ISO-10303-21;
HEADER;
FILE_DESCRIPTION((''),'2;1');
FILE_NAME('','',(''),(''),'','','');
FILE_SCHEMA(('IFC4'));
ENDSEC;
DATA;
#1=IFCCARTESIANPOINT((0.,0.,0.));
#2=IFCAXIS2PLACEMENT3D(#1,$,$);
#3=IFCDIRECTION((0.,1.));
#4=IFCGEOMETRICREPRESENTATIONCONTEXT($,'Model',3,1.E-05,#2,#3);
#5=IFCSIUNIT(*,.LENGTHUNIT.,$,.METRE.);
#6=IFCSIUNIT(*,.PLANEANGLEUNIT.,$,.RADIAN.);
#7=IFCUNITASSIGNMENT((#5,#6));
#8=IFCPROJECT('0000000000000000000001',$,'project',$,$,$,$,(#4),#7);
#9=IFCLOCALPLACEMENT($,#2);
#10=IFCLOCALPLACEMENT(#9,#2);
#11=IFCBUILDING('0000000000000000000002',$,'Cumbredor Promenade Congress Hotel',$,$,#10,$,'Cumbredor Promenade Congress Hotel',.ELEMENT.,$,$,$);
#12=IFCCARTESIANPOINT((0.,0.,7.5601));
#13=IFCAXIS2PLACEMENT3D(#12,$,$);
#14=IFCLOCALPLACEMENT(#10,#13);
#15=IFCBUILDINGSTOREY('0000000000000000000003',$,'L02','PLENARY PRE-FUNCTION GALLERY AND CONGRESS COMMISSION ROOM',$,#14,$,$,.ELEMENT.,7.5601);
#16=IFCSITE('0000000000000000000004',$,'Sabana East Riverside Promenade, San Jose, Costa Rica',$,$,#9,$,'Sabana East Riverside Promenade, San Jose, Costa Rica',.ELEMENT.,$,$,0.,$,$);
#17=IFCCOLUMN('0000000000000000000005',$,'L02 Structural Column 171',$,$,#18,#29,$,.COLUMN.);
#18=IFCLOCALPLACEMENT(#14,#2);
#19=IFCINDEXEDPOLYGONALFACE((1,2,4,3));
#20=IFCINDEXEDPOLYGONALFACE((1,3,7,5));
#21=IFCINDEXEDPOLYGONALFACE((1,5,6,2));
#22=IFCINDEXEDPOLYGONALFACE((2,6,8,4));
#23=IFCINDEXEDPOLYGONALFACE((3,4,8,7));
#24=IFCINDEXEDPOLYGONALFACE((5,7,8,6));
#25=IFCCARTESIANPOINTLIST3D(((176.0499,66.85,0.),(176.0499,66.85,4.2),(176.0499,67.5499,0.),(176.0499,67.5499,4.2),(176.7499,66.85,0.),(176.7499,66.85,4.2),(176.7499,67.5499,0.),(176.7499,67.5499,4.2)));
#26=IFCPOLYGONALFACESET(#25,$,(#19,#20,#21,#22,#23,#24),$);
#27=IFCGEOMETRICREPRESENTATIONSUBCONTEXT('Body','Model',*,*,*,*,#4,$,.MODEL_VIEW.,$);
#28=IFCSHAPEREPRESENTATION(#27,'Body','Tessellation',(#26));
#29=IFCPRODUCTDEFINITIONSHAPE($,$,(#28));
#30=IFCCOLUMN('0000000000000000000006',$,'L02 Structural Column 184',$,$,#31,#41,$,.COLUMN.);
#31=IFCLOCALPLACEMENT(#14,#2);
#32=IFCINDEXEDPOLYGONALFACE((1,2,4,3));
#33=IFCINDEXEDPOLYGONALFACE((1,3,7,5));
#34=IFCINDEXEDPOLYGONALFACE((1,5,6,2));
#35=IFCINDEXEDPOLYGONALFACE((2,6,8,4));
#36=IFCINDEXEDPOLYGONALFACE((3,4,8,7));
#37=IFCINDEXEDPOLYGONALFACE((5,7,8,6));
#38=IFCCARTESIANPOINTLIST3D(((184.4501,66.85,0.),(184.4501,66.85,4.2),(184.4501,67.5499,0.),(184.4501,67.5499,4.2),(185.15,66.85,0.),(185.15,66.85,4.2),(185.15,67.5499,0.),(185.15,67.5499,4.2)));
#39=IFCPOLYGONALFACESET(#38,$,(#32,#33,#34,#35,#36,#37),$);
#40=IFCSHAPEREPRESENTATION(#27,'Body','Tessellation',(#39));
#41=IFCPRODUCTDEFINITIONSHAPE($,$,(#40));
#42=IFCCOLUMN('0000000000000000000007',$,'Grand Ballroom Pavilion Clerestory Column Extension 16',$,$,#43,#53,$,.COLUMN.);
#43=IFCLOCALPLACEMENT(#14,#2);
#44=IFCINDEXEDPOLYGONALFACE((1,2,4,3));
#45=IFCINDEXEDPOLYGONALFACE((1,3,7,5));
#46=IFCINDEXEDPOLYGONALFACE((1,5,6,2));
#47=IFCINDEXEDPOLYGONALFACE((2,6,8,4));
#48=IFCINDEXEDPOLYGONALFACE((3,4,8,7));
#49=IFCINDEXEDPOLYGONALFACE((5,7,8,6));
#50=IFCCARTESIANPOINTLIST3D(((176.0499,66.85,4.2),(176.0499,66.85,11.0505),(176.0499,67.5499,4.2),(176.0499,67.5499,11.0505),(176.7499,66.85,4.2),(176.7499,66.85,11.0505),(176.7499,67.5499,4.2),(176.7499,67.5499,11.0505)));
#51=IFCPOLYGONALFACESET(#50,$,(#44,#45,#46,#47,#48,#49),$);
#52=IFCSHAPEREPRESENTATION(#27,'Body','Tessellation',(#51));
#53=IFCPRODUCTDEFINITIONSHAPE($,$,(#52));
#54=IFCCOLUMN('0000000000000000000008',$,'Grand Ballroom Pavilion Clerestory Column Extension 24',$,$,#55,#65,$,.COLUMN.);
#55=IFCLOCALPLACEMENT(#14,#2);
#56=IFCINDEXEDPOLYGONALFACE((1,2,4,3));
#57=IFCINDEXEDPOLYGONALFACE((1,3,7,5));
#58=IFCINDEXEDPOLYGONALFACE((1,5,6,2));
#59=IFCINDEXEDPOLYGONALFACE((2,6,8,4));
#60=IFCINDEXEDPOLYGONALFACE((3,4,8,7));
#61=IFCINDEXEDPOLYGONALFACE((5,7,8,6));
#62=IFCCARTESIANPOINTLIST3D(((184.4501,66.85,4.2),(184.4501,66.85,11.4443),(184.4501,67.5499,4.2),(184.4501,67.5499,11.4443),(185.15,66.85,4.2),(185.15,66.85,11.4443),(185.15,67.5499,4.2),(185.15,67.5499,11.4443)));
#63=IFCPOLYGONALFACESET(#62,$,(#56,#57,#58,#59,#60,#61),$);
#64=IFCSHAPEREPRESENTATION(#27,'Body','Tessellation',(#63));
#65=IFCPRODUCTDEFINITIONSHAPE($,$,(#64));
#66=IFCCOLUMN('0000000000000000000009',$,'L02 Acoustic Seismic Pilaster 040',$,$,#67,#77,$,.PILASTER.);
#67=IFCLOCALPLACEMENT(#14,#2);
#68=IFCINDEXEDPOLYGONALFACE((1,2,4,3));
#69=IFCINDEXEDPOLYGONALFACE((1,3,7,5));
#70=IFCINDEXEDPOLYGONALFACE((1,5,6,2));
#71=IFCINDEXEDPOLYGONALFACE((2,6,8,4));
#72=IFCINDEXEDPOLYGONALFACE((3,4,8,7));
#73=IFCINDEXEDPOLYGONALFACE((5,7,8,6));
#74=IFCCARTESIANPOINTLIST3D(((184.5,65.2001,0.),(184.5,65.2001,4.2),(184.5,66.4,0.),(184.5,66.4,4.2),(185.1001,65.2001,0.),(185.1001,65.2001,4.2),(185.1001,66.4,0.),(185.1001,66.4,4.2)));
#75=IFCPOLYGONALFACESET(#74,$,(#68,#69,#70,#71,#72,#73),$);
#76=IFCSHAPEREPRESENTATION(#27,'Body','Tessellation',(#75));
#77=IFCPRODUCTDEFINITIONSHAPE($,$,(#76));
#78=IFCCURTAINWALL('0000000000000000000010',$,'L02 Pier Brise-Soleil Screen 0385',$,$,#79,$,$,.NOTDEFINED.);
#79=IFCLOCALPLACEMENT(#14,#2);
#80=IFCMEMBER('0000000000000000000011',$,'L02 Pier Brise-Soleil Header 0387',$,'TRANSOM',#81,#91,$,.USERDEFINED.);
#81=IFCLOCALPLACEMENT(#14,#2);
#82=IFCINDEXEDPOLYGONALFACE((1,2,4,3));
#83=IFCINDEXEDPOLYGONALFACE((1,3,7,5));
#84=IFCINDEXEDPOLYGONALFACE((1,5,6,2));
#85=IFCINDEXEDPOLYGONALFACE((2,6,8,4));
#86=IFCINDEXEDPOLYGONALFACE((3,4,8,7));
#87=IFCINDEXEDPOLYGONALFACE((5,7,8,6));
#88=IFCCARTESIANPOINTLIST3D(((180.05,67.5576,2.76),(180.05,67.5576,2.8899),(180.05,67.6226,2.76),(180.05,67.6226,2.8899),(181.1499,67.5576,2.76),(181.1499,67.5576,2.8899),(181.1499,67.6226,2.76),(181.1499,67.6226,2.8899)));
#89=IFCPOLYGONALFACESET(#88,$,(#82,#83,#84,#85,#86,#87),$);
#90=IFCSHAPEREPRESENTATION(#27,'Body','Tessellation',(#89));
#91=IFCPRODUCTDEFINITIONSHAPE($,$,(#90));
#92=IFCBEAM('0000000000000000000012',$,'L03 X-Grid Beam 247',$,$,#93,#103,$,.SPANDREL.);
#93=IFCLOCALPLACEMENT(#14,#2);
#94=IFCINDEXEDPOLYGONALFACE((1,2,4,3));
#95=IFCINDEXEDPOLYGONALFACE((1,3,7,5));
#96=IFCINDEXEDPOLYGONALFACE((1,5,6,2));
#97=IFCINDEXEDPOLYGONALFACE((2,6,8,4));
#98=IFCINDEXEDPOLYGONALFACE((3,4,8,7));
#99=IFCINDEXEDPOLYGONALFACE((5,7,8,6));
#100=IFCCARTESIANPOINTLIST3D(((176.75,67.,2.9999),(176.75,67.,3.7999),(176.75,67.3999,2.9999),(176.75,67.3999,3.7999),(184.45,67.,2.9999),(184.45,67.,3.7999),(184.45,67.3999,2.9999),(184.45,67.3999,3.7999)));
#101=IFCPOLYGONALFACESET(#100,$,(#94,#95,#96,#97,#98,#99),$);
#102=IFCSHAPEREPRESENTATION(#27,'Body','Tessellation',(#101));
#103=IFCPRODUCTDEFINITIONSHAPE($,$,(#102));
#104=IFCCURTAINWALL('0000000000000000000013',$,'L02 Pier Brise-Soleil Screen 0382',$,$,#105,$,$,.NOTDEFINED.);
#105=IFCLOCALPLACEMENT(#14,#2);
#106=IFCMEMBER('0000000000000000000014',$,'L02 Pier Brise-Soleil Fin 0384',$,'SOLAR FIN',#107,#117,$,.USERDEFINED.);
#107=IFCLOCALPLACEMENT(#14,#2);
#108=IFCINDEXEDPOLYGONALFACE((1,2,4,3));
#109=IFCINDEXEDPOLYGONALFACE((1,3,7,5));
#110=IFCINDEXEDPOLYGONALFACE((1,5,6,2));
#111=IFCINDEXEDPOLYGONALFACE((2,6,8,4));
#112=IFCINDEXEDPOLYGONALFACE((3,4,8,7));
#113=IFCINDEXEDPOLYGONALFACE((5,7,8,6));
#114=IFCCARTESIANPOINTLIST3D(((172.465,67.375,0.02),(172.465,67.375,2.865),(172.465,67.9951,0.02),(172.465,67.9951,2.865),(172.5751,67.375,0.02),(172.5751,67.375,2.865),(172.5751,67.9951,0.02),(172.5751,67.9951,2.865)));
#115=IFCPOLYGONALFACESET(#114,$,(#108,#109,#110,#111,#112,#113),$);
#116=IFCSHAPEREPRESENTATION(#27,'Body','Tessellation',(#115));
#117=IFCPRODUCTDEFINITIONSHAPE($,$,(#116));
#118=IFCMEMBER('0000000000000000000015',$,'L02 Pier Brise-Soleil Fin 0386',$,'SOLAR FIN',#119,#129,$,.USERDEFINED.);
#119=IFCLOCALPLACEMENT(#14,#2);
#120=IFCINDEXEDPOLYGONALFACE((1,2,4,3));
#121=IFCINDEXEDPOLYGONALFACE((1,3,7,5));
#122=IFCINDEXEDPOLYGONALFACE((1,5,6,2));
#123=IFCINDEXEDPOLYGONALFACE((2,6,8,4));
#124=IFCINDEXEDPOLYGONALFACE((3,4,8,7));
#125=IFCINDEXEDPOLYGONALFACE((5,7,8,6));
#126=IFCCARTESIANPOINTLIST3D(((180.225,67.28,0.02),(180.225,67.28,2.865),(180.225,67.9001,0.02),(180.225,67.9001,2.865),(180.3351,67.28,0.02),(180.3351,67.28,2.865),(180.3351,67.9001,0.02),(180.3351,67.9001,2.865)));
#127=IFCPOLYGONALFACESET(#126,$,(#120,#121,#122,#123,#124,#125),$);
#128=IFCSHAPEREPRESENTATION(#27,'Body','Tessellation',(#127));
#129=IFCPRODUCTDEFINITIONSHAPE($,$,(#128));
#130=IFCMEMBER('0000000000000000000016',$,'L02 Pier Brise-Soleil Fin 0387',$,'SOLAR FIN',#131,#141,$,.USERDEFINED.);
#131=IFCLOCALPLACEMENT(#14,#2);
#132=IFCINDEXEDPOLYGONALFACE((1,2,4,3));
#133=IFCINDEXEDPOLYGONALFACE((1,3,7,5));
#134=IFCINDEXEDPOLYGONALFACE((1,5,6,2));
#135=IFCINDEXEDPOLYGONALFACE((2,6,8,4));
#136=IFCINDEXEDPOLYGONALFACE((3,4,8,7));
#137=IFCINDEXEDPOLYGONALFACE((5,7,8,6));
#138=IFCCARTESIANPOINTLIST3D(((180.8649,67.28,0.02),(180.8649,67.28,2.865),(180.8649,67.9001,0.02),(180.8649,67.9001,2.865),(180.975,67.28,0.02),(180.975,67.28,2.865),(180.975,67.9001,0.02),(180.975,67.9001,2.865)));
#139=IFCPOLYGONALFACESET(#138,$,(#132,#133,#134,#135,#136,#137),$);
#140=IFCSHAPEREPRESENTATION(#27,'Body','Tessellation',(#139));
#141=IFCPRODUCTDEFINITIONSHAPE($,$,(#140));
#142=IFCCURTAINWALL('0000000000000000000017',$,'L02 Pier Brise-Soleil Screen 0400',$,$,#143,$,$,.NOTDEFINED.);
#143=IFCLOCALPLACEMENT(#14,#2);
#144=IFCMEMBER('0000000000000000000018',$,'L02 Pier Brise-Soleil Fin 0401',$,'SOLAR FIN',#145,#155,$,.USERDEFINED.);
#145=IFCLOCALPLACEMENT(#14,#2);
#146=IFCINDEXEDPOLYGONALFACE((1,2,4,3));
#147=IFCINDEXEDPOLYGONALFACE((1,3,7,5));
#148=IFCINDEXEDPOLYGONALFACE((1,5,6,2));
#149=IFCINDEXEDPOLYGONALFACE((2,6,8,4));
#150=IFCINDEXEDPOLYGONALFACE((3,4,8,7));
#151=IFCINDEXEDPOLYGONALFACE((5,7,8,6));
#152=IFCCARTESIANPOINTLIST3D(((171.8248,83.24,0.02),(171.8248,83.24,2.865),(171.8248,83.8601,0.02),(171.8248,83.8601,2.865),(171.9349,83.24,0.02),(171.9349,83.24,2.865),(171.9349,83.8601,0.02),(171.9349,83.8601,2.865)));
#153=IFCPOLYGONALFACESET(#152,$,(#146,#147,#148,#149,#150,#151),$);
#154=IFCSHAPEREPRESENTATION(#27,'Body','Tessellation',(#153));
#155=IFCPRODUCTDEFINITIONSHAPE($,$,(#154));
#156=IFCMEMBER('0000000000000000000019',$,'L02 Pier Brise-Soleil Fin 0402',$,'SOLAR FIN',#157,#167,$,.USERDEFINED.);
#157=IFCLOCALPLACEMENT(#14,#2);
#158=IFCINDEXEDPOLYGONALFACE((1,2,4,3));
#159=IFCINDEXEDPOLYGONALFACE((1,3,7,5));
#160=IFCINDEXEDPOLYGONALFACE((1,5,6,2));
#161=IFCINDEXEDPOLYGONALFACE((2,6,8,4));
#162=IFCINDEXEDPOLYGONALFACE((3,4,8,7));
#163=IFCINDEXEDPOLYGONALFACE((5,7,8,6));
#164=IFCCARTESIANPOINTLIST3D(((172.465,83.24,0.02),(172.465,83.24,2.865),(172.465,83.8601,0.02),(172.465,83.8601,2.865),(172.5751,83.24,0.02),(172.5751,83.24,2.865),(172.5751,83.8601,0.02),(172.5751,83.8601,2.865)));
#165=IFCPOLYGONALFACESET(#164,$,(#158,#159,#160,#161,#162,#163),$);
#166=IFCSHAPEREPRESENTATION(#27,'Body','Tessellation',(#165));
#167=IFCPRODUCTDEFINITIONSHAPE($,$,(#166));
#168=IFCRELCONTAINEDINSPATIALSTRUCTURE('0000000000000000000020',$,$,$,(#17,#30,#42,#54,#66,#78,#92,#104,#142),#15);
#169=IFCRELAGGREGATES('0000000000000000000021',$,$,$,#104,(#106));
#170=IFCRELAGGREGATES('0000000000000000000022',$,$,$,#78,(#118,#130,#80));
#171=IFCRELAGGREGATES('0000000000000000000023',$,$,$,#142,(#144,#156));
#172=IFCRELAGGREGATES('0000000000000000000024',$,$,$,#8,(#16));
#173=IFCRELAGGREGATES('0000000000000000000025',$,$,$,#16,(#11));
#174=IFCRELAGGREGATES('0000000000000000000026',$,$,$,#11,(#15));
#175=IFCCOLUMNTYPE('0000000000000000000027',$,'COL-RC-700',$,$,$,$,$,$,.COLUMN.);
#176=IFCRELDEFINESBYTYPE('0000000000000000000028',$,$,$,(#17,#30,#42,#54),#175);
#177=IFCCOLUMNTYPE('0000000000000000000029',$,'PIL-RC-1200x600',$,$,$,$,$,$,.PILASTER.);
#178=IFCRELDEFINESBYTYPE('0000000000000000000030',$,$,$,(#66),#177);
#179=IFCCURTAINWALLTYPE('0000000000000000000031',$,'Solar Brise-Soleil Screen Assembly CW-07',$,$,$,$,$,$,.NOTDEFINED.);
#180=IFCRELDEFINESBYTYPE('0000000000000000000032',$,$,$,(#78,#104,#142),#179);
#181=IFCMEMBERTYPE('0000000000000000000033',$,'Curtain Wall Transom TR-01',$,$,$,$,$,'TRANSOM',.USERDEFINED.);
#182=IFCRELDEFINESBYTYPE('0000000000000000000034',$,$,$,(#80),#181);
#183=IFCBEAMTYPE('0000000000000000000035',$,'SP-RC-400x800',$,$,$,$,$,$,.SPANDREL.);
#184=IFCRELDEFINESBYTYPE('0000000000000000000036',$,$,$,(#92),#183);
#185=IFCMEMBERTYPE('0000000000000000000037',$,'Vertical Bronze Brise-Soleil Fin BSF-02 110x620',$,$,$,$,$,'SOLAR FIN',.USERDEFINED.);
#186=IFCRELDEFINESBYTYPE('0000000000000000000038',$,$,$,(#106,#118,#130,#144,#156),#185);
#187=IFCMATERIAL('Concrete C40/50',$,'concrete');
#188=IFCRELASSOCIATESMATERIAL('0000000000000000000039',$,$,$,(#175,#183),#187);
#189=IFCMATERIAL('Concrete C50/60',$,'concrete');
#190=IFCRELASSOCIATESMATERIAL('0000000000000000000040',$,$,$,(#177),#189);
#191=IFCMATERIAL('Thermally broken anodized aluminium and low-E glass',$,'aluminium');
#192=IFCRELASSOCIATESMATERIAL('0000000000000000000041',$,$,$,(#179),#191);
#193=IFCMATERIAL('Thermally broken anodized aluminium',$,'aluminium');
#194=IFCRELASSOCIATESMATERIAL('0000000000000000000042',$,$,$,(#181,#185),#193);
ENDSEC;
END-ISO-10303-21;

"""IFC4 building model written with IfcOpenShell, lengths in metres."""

from ifc_helpers import new_model, si_unit, direction, frame, origin, origin_2d, place, context, subcontext, project, spatial, rectangle, extrude, material, material_profile, profile_set, type_object, element, aggregate, save


model = new_model("IFC4")

# Units and contexts
model_context = context("Model", 3, precision=1e-05, world=origin(), true_north=direction((0.0, 1.0)))
body_context = subcontext(model_context, "Body", "Model", "MODEL_VIEW")
ifc_project = project(units=[si_unit("LENGTHUNIT", "METRE"), si_unit("PLANEANGLEUNIT", "RADIAN")], contexts=[model_context])

# Site, building, storey
site_placement = place(None, origin())
site = spatial("IfcSite", under=ifc_project, at=site_placement, Name="Sabana East Riverside Promenade, San Jose, Costa Rica", LongName="Sabana East Riverside Promenade, San Jose, Costa Rica", CompositionType="ELEMENT", RefElevation=0.0)
building_placement = place(site_placement, origin())
building = spatial("IfcBuilding", under=site, at=building_placement, Name="Cumbredor Promenade Congress Hotel", LongName="Cumbredor Promenade Congress Hotel", CompositionType="ELEMENT")
storey_placement = place(building_placement, frame((0.0, 0.0, 7.5601)))
storey = spatial("IfcBuildingStorey", under=building, at=storey_placement, Name="L02", Description="PLENARY PRE-FUNCTION GALLERY AND CONGRESS COMMISSION ROOM", CompositionType="ELEMENT", Elevation=7.5601)

# Columns
ifc_material_1 = material(Name="Concrete C40/50", Category="concrete")
ifc_material_profile_1 = material_profile(ifc_material_1, rectangle(XDim=0.7, YDim=0.7, at=origin_2d()), Name="RC 700x700")
ifc_profile_set_1 = profile_set([ifc_material_profile_1], Name="Concrete C40/50")
column_type_1 = type_object("IfcColumnType", Name="COL-RC-700", PredefinedType="COLUMN", material=ifc_profile_set_1)
for number, where, z_axis, x_axis, name in (
    (1, (176.3999, 67.2, 0.0), (0.0, 0.0, 1.0), (1.0, 0.0, 0.0), "L02 Structural Column 171"),
    (2, (184.8, 67.2, 0.0), (0.0, 0.0, 1.0), (1.0, 0.0, 0.0), "L02 Structural Column 184"),
):
    element("IfcColumn", number, at=place(storey_placement, frame(where, z_axis=z_axis, x_axis=x_axis)), inside=storey, type_object=column_type_1, Name=name, PredefinedType="COLUMN", context=body_context, shape_type="SweptSolid", body=[
        extrude(rectangle(XDim=0.7, YDim=0.7, at=origin_2d()), origin(), (0.0, 0.0, 1.0), 4.2),
    ])
column_1_placement = place(storey_placement, frame((176.3999, 67.2, 4.2), z_axis=(0.0, 0.0, 1.0), x_axis=(1.0, 0.0, 0.0)))
element("IfcColumn", 3, at=column_1_placement, inside=storey, type_object=column_type_1, Name="Grand Ballroom Pavilion Clerestory Column Extension 16", PredefinedType="COLUMN", context=body_context, shape_type="SweptSolid", body=[
    extrude(rectangle(XDim=0.7, YDim=0.7, at=origin_2d()), origin(), (0.0, 0.0, 1.0), 6.8506),
])
column_2_placement = place(storey_placement, frame((184.8, 67.2, 4.2), z_axis=(0.0, 0.0, 1.0), x_axis=(1.0, 0.0, 0.0)))
element("IfcColumn", 4, at=column_2_placement, inside=storey, type_object=column_type_1, Name="Grand Ballroom Pavilion Clerestory Column Extension 24", PredefinedType="COLUMN", context=body_context, shape_type="SweptSolid", body=[
    extrude(rectangle(XDim=0.7, YDim=0.7, at=origin_2d()), origin(), (0.0, 0.0, 1.0), 7.2444),
])
ifc_material_2 = material(Name="Concrete C50/60", Category="concrete")
ifc_material_profile_2 = material_profile(ifc_material_2, rectangle(XDim=0.6001, YDim=1.2, at=origin_2d()), Name="RC PILASTER 1200x600")
ifc_profile_set_2 = profile_set([ifc_material_profile_2], Name="Concrete C50/60")
column_type_2 = type_object("IfcColumnType", Name="PIL-RC-1200x600", PredefinedType="PILASTER", material=ifc_profile_set_2)
column_3_placement = place(storey_placement, frame((184.8, 65.8, 0.0), z_axis=(0.0, 0.0, 1.0), x_axis=(1.0, 0.0, 0.0)))
element("IfcColumn", 5, at=column_3_placement, inside=storey, type_object=column_type_2, Name="L02 Acoustic Seismic Pilaster 040", PredefinedType="PILASTER", context=body_context, shape_type="SweptSolid", body=[
    extrude(rectangle(XDim=0.6001, YDim=1.2, at=origin_2d()), origin(), (0.0, 0.0, 1.0), 4.2),
])

# Curtain wall, member
ifc_material_3 = material(Name="Thermally broken anodized aluminium and low-E glass", Category="aluminium")
curtain_wall_type = type_object("IfcCurtainWallType", Name="Solar Brise-Soleil Screen Assembly CW-07", PredefinedType="NOTDEFINED", material=ifc_material_3)
curtain_wall_1_placement = place(storey_placement, origin())
curtain_wall_1 = element("IfcCurtainWall", 6, at=curtain_wall_1_placement, inside=storey, type_object=curtain_wall_type, Name="L02 Pier Brise-Soleil Screen 0385", PredefinedType="NOTDEFINED")
ifc_material_4 = material(Name="Thermally broken anodized aluminium", Category="aluminium")
ifc_material_profile_3 = material_profile(ifc_material_4, rectangle(XDim=0.0649, YDim=0.1299, at=origin_2d()), Name="ALU TRANSOM 65x130")
ifc_profile_set_3 = profile_set([ifc_material_profile_3], Name="Thermally broken anodized aluminium")
member_type_1 = type_object("IfcMemberType", Name="Curtain Wall Transom TR-01", ElementType="TRANSOM", PredefinedType="USERDEFINED", material=ifc_profile_set_3)
member_1_placement = place(storey_placement, frame((180.05, 67.5901, 2.825), z_axis=(1.0, 0.0, 0.0), x_axis=(0.0, 1.0, 0.0)))
member_1 = element("IfcMember", 7, at=member_1_placement, type_object=member_type_1, Name="L02 Pier Brise-Soleil Header 0387", ObjectType="TRANSOM", PredefinedType="USERDEFINED", context=body_context, shape_type="SweptSolid", body=[
    extrude(rectangle(XDim=0.0649, YDim=0.1299, at=origin_2d()), origin(), (0.0, 0.0, 1.0), 1.0999),
])

# Beam
ifc_material_profile_4 = material_profile(ifc_material_1, rectangle(XDim=0.3999, YDim=0.8, at=origin_2d()), Name="RC SPANDREL 400x800")
ifc_profile_set_4 = profile_set([ifc_material_profile_4], Name="Concrete C40/50")
beam_type = type_object("IfcBeamType", Name="SP-RC-400x800", PredefinedType="SPANDREL", material=ifc_profile_set_4)
beam_placement = place(storey_placement, frame((176.75, 67.2, 3.3999), z_axis=(1.0, 0.0, 0.0), x_axis=(0.0, 1.0, 0.0)))
element("IfcBeam", 8, at=beam_placement, inside=storey, type_object=beam_type, Name="L03 X-Grid Beam 247", PredefinedType="SPANDREL", context=body_context, shape_type="SweptSolid", body=[
    extrude(rectangle(XDim=0.3999, YDim=0.8, at=origin_2d()), origin(), (0.0, 0.0, 1.0), 7.7),
])

# Curtain wall, member
curtain_wall_2_placement = place(storey_placement, origin())
curtain_wall_2 = element("IfcCurtainWall", 9, at=curtain_wall_2_placement, inside=storey, type_object=curtain_wall_type, Name="L02 Pier Brise-Soleil Screen 0382", PredefinedType="NOTDEFINED")
ifc_material_profile_5 = material_profile(ifc_material_4, rectangle(XDim=0.1101, YDim=0.6201, at=origin_2d()), Name="ARCH FIN 110x620")
ifc_profile_set_5 = profile_set([ifc_material_profile_5], Name="Thermally broken anodized aluminium")
member_type_2 = type_object("IfcMemberType", Name="Vertical Bronze Brise-Soleil Fin BSF-02 110x620", ElementType="SOLAR FIN", PredefinedType="USERDEFINED", material=ifc_profile_set_5)
member_2_placement = place(storey_placement, frame((172.52, 67.6851, 0.02), z_axis=(0.0, 0.0, 1.0), x_axis=(1.0, 0.0, 0.0)))
member_2 = element("IfcMember", 10, at=member_2_placement, type_object=member_type_2, Name="L02 Pier Brise-Soleil Fin 0384", ObjectType="SOLAR FIN", PredefinedType="USERDEFINED", context=body_context, shape_type="SweptSolid", body=[
    extrude(rectangle(XDim=0.1101, YDim=0.6201, at=origin_2d()), origin(), (0.0, 0.0, 1.0), 2.845),
])
aggregate(curtain_wall_2, [member_2])

# Members
member_3_placement = place(storey_placement, frame((180.28, 67.5901, 0.02), z_axis=(0.0, 0.0, 1.0), x_axis=(1.0, 0.0, 0.0)))
member_3 = element("IfcMember", 11, at=member_3_placement, type_object=member_type_2, Name="L02 Pier Brise-Soleil Fin 0386", ObjectType="SOLAR FIN", PredefinedType="USERDEFINED", context=body_context, shape_type="SweptSolid", body=[
    extrude(rectangle(XDim=0.1101, YDim=0.6201, at=origin_2d()), origin(), (0.0, 0.0, 1.0), 2.845),
])
member_4_placement = place(storey_placement, frame((180.9199, 67.5901, 0.02), z_axis=(0.0, 0.0, 1.0), x_axis=(1.0, 0.0, 0.0)))
member_4 = element("IfcMember", 12, at=member_4_placement, type_object=member_type_2, Name="L02 Pier Brise-Soleil Fin 0387", ObjectType="SOLAR FIN", PredefinedType="USERDEFINED", context=body_context, shape_type="SweptSolid", body=[
    extrude(rectangle(XDim=0.1101, YDim=0.6201, at=origin_2d()), origin(), (0.0, 0.0, 1.0), 2.845),
])
aggregate(curtain_wall_1, [member_3, member_4, member_1])

# Curtain wall, members
curtain_wall_3_placement = place(storey_placement, origin())
curtain_wall_3 = element("IfcCurtainWall", 13, at=curtain_wall_3_placement, inside=storey, type_object=curtain_wall_type, Name="L02 Pier Brise-Soleil Screen 0400", PredefinedType="NOTDEFINED")
member_5_placement = place(storey_placement, frame((171.8799, 83.55, 0.02), z_axis=(0.0, 0.0, 1.0), x_axis=(1.0, 0.0, 0.0)))
member_5 = element("IfcMember", 14, at=member_5_placement, type_object=member_type_2, Name="L02 Pier Brise-Soleil Fin 0401", ObjectType="SOLAR FIN", PredefinedType="USERDEFINED", context=body_context, shape_type="SweptSolid", body=[
    extrude(rectangle(XDim=0.1101, YDim=0.6201, at=origin_2d()), origin(), (0.0, 0.0, 1.0), 2.845),
])
member_6_placement = place(storey_placement, frame((172.52, 83.55, 0.02), z_axis=(0.0, 0.0, 1.0), x_axis=(1.0, 0.0, 0.0)))
member_6 = element("IfcMember", 15, at=member_6_placement, type_object=member_type_2, Name="L02 Pier Brise-Soleil Fin 0402", ObjectType="SOLAR FIN", PredefinedType="USERDEFINED", context=body_context, shape_type="SweptSolid", body=[
    extrude(rectangle(XDim=0.1101, YDim=0.6201, at=origin_2d()), origin(), (0.0, 0.0, 1.0), 2.845),
])
aggregate(curtain_wall_3, [member_5, member_6])

save(model, "model.ifc")
